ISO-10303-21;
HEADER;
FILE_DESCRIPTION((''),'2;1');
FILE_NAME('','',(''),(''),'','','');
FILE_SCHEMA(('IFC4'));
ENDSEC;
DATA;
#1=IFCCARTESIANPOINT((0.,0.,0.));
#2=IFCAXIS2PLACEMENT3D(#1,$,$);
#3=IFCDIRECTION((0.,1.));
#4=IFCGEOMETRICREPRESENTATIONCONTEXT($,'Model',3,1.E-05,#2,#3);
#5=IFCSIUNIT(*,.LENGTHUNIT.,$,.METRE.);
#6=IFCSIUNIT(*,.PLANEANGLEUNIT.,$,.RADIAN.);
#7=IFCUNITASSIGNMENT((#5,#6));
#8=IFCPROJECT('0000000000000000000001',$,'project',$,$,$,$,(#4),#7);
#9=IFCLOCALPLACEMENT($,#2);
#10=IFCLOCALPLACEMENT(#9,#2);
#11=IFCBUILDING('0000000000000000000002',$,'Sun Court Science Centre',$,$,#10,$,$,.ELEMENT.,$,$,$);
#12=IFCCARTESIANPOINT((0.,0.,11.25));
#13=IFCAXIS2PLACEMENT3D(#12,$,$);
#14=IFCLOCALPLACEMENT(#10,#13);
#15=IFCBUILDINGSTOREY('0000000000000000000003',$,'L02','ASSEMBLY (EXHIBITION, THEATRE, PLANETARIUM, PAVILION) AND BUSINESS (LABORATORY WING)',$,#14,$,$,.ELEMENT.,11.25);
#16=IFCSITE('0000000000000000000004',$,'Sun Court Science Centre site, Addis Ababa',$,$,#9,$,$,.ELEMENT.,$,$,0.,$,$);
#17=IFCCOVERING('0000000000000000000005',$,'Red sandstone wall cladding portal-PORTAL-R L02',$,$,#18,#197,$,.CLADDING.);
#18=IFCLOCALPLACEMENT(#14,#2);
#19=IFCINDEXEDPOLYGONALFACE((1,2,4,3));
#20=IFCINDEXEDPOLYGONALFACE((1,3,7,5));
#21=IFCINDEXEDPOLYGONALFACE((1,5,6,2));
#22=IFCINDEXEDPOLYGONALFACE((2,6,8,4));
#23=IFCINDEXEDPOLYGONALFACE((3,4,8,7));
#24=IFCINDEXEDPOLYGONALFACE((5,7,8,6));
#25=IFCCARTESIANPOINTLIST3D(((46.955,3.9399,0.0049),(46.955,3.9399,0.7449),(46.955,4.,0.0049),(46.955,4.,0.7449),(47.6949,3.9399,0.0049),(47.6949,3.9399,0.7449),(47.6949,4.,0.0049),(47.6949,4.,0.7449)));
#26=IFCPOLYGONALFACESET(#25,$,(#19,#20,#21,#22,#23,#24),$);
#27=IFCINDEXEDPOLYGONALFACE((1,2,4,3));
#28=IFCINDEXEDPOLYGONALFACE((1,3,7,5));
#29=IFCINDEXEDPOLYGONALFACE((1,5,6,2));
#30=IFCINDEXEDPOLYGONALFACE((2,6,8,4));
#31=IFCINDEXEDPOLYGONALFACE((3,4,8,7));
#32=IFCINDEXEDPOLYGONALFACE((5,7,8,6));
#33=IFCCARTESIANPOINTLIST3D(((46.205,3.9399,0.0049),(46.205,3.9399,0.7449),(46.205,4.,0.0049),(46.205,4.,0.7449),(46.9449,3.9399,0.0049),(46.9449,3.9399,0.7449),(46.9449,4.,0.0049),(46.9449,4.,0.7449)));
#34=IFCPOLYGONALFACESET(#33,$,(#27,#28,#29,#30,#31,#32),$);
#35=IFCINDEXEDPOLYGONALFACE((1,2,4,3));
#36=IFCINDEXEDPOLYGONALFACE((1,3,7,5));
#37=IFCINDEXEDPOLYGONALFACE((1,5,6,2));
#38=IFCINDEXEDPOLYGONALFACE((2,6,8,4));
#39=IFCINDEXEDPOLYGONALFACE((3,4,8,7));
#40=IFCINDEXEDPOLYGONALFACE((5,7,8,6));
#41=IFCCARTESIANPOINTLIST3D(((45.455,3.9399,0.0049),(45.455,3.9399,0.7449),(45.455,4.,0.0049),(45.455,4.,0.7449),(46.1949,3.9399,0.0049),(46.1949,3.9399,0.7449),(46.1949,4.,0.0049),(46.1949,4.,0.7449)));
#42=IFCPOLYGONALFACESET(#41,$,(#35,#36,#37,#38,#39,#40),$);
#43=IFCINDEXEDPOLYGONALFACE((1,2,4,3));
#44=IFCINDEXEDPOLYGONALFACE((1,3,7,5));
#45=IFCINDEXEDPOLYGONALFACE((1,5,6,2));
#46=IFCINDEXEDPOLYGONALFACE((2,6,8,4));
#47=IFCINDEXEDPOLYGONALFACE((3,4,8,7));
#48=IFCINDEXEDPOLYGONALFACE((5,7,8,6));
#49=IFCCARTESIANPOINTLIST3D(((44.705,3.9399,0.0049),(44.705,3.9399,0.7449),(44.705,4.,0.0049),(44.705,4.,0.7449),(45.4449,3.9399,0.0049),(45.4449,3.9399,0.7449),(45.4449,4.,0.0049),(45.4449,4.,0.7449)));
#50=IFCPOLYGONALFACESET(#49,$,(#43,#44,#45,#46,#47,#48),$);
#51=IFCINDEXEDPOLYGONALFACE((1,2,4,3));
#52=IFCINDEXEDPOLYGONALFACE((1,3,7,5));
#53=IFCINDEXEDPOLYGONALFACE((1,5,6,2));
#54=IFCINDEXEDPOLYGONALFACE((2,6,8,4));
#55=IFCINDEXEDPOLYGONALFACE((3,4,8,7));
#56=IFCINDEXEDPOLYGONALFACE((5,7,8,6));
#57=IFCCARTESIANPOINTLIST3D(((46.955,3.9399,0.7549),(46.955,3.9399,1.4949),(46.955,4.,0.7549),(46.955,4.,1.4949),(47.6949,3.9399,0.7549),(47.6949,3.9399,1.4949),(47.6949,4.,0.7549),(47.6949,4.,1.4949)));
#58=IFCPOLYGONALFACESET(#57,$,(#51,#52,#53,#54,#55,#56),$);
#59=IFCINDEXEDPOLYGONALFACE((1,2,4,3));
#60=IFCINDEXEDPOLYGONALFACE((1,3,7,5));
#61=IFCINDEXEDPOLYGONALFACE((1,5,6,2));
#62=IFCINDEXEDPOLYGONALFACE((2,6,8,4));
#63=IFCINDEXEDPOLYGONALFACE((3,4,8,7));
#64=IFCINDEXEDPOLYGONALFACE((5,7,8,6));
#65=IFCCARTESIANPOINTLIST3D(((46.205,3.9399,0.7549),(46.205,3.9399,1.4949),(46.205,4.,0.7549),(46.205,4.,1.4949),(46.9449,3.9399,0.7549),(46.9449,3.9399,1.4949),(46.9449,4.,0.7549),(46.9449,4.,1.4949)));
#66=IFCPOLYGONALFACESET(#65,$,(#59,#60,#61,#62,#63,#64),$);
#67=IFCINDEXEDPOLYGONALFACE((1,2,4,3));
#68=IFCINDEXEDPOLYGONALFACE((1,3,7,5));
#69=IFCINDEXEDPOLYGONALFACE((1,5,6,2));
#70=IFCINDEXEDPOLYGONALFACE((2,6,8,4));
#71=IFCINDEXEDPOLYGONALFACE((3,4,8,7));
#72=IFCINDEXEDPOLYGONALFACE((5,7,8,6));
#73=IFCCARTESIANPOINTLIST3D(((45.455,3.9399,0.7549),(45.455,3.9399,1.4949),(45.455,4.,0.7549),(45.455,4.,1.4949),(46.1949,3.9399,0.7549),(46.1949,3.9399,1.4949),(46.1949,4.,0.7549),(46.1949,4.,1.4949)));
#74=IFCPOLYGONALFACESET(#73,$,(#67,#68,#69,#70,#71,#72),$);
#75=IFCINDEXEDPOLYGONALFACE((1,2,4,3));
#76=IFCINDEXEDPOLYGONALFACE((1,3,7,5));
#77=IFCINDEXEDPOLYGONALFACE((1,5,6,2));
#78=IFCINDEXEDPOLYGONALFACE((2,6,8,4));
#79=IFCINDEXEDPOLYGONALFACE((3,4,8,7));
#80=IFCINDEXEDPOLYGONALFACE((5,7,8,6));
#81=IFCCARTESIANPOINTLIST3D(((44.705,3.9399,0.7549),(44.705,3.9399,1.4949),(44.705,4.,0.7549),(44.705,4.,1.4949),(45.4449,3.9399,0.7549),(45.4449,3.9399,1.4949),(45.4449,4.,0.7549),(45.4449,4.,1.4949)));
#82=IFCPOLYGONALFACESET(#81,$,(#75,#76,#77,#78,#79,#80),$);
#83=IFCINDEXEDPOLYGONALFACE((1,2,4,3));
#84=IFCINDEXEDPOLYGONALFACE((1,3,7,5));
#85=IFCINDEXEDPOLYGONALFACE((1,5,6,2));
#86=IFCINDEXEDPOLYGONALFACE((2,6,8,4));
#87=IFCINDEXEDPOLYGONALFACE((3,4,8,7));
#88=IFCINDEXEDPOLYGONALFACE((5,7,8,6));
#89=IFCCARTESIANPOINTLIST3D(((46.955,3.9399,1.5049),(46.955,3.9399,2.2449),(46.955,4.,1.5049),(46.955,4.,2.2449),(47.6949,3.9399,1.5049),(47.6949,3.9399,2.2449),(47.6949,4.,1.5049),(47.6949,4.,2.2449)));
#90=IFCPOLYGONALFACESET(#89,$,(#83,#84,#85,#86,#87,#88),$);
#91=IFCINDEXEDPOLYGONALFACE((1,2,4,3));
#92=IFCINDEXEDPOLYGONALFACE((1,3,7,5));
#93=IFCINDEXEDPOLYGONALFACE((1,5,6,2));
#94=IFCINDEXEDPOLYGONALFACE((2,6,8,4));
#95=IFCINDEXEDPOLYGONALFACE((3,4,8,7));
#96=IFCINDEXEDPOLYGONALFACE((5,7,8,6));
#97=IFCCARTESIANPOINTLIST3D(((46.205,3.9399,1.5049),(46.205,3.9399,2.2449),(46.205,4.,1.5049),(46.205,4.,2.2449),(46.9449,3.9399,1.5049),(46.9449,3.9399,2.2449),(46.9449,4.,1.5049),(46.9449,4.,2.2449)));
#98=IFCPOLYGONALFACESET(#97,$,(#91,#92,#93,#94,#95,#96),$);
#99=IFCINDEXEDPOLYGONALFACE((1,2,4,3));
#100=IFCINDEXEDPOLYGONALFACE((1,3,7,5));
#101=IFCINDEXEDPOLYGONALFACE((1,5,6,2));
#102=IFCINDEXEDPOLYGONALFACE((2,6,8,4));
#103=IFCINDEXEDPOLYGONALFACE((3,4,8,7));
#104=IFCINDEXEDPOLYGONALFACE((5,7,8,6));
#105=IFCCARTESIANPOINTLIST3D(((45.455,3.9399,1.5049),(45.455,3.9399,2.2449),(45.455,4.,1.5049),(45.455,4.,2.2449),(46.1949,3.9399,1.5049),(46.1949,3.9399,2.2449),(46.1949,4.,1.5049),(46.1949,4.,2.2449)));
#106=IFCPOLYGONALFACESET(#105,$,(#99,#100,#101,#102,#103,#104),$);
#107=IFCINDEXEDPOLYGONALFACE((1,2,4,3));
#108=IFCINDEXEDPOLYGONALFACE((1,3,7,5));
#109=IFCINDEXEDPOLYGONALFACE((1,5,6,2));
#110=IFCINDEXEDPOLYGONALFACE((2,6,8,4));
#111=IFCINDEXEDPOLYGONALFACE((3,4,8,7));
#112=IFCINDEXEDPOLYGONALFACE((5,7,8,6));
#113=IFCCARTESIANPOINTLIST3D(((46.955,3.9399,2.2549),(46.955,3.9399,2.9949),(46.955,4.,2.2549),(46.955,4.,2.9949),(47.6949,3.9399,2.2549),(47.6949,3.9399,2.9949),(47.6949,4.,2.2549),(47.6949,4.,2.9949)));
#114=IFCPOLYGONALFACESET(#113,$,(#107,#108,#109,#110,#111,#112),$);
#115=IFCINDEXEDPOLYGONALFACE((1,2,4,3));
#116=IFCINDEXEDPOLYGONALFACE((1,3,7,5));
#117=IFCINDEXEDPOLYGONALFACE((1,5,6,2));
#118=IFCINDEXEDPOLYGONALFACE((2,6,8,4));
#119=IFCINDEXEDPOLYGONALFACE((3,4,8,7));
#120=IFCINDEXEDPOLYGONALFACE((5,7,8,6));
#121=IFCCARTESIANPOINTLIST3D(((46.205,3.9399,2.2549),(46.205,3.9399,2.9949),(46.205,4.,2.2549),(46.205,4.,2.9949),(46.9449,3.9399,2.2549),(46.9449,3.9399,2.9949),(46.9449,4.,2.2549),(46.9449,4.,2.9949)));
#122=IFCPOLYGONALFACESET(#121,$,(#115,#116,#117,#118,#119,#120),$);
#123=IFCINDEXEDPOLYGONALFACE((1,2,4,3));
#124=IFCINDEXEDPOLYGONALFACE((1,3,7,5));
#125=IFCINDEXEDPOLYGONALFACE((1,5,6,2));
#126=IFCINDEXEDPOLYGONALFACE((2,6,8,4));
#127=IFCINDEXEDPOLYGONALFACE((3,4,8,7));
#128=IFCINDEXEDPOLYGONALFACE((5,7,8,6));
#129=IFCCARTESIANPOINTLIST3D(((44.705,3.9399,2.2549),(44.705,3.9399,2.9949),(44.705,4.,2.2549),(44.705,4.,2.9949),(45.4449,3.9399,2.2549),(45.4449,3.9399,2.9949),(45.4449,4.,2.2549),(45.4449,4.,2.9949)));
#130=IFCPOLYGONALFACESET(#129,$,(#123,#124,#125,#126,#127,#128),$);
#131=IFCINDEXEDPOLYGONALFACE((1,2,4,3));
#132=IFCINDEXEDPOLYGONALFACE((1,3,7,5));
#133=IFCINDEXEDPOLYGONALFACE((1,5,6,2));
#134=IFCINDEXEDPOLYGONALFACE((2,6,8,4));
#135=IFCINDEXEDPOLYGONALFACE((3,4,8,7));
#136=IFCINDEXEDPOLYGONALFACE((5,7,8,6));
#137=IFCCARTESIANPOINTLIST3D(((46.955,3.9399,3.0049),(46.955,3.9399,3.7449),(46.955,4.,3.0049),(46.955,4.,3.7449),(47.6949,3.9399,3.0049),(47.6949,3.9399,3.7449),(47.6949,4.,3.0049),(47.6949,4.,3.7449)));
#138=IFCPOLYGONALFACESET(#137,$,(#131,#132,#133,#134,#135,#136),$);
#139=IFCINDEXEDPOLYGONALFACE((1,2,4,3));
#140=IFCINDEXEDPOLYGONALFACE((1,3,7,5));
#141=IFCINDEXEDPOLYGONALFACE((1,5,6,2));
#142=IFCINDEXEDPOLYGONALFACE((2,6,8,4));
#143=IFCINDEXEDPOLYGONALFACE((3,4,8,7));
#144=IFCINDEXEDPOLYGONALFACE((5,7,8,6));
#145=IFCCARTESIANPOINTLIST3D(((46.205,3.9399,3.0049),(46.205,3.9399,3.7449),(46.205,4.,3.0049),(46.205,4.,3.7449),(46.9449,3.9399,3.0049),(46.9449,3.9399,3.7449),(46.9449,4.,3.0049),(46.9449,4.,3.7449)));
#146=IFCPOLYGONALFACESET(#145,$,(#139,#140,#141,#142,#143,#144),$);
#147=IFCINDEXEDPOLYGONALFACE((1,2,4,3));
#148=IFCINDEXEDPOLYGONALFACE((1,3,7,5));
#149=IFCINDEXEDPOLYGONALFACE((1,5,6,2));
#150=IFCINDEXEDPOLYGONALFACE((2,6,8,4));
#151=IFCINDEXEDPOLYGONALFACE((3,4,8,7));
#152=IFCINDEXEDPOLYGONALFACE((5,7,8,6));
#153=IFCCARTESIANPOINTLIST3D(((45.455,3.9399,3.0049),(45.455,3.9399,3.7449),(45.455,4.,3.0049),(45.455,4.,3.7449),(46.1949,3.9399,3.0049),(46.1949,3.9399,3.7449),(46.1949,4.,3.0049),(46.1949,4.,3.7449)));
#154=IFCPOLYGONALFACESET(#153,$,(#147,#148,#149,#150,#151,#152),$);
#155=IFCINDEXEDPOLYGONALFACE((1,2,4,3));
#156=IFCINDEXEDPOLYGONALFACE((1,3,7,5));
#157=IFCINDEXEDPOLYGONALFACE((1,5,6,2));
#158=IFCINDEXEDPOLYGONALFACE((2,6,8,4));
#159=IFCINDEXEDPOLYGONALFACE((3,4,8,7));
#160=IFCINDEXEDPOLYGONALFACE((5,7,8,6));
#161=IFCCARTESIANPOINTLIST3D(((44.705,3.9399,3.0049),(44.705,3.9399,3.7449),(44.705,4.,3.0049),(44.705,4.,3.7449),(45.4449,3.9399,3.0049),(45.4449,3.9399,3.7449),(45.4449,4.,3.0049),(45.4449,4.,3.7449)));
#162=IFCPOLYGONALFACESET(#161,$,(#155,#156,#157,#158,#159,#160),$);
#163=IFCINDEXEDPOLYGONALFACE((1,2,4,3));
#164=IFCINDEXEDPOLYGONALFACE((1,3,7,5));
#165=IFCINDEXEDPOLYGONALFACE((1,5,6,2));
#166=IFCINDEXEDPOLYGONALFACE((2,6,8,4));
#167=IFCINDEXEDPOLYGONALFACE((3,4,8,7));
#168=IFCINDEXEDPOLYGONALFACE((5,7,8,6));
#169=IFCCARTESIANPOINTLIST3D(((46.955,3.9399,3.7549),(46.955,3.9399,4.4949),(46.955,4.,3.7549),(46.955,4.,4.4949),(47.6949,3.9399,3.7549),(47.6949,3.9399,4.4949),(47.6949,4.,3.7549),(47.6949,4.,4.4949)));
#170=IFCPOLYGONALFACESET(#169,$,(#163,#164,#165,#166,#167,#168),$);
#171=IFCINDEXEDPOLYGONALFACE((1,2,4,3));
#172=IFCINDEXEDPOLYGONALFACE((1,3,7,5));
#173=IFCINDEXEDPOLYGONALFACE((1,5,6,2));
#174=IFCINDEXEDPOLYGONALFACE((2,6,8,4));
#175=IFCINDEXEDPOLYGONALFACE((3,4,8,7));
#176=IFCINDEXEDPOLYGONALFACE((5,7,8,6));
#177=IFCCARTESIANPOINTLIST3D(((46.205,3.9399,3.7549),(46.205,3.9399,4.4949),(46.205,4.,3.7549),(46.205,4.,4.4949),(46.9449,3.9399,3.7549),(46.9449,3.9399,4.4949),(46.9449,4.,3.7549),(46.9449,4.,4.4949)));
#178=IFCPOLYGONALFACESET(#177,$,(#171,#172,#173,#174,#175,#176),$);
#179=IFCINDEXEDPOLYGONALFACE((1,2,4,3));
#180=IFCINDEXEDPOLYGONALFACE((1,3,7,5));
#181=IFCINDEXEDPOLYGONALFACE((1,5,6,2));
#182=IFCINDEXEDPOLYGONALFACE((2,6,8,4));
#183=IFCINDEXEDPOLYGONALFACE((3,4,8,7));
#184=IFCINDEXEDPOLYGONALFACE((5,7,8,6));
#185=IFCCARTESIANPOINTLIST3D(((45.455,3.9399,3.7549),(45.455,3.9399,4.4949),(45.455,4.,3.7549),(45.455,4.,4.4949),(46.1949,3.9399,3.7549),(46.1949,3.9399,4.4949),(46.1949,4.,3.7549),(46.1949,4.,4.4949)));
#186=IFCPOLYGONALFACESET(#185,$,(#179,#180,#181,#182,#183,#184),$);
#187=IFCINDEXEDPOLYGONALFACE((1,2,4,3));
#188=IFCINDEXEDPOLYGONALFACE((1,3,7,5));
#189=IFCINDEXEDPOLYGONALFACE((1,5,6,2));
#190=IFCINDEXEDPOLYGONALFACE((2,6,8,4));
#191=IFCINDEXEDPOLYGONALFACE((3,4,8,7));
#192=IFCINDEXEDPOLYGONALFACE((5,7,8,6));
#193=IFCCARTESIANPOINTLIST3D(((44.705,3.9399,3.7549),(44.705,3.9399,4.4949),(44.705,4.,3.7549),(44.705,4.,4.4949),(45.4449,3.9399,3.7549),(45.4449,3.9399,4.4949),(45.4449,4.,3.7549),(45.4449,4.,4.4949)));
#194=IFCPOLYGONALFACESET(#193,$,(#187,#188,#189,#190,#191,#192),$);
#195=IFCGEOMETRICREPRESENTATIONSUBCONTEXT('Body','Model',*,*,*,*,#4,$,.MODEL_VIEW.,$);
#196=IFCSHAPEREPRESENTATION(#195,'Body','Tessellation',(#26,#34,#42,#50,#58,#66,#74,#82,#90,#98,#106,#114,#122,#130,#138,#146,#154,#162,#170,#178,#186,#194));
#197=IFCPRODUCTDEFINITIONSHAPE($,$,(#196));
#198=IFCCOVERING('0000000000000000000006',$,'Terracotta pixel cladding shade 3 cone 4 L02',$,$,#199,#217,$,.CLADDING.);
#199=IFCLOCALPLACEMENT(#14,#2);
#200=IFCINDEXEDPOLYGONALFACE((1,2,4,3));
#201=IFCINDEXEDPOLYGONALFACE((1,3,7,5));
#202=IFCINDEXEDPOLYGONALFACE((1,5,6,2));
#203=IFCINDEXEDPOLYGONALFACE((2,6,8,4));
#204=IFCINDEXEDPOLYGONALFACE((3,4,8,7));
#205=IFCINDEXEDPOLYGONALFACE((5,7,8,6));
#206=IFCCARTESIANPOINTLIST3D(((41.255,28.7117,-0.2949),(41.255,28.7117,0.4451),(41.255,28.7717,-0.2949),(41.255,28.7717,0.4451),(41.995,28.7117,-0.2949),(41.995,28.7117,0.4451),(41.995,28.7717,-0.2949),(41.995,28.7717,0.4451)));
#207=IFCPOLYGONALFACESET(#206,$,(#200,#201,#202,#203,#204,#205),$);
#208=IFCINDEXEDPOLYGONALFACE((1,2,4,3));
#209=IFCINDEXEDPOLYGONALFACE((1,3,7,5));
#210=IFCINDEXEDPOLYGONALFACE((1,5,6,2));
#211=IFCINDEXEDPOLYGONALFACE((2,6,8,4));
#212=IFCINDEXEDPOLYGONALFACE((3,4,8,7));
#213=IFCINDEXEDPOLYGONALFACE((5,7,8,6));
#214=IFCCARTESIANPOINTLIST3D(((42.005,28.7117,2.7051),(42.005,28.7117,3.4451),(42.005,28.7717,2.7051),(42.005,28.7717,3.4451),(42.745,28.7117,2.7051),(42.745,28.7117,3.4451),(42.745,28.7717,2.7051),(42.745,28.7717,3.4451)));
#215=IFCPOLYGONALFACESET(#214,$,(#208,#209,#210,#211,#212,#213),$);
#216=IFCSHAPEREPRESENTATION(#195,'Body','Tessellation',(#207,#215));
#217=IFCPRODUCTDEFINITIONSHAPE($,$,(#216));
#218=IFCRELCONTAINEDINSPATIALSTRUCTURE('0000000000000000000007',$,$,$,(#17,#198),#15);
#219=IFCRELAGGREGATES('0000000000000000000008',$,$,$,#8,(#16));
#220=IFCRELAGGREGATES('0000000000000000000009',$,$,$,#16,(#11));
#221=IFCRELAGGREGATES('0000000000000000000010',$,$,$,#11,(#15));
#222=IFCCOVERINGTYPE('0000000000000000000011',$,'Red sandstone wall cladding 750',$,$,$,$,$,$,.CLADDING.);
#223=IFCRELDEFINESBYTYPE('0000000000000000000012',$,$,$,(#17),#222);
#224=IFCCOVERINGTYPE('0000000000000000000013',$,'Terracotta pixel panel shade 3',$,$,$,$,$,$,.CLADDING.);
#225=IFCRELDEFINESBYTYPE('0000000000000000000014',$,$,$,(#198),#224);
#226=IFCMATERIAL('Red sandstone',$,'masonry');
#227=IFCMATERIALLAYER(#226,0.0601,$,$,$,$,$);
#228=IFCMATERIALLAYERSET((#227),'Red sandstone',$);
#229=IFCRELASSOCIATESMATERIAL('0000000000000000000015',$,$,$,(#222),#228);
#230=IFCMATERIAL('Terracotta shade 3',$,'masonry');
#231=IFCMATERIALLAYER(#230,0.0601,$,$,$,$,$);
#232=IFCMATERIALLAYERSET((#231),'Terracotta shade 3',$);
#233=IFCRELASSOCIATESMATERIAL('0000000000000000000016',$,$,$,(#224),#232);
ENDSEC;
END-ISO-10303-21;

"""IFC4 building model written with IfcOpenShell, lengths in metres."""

from ifc_helpers import new_model, si_unit, direction, frame, origin, origin_2d, place, context, subcontext, project, spatial, rectangle, extrude, material, layer, layer_set, type_object, element, save


model = new_model("IFC4")

# Units and contexts
model_context = context("Model", 3, precision=1e-05, world=origin(), true_north=direction((0.0, 1.0)))
body_context = subcontext(model_context, "Body", "Model", "MODEL_VIEW")
ifc_project = project(units=[si_unit("LENGTHUNIT", "METRE"), si_unit("PLANEANGLEUNIT", "RADIAN")], contexts=[model_context])

# Site, building, storey
site_placement = place(None, origin())
site = spatial("IfcSite", under=ifc_project, at=site_placement, Name="Sun Court Science Centre site, Addis Ababa", CompositionType="ELEMENT", RefElevation=0.0)
building_placement = place(site_placement, origin())
building = spatial("IfcBuilding", under=site, at=building_placement, Name="Sun Court Science Centre", CompositionType="ELEMENT")
storey_placement = place(building_placement, frame((0.0, 0.0, 11.25)))
storey = spatial("IfcBuildingStorey", under=building, at=storey_placement, Name="L02", Description="ASSEMBLY (EXHIBITION, THEATRE, PLANETARIUM, PAVILION) AND BUSINESS (LABORATORY WING)", CompositionType="ELEMENT", Elevation=11.25)

# Coverings
ifc_material_1 = material(Name="Red sandstone", Category="masonry")
ifc_layer_1 = layer(ifc_material_1, 0.0601)
ifc_layer_set_1 = layer_set([ifc_layer_1], Name="Red sandstone")
covering_type_1 = type_object("IfcCoveringType", Name="Red sandstone wall cladding 750", PredefinedType="CLADDING", material=ifc_layer_set_1)
covering_1_placement = place(storey_placement, frame((0.0, 0.0, -11.25)))
element("IfcCovering", 1, at=covering_1_placement, inside=storey, type_object=covering_type_1, Name="Red sandstone wall cladding portal-PORTAL-R L02", PredefinedType="CLADDING", context=body_context, shape_type="SweptSolid", body=[
    extrude(rectangle(XDim=0.74, YDim=0.0601, at=origin_2d()), frame((47.325, 3.97, 11.2549), z_axis=(0.0, 0.0, 1.0), x_axis=(-1.0, 0.0, 0.0)), (0.0, 0.0, 1.0), 0.74),
    extrude(rectangle(XDim=0.74, YDim=0.0601, at=origin_2d()), frame((46.575, 3.97, 11.2549), z_axis=(0.0, 0.0, 1.0), x_axis=(-1.0, 0.0, 0.0)), (0.0, 0.0, 1.0), 0.74),
    extrude(rectangle(XDim=0.74, YDim=0.0601, at=origin_2d()), frame((45.825, 3.97, 11.2549), z_axis=(0.0, 0.0, 1.0), x_axis=(-1.0, 0.0, 0.0)), (0.0, 0.0, 1.0), 0.74),
    extrude(rectangle(XDim=0.74, YDim=0.0601, at=origin_2d()), frame((45.075, 3.97, 11.2549), z_axis=(0.0, 0.0, 1.0), x_axis=(-1.0, 0.0, 0.0)), (0.0, 0.0, 1.0), 0.74),
    extrude(rectangle(XDim=0.74, YDim=0.0601, at=origin_2d()), frame((47.325, 3.97, 12.0049), z_axis=(0.0, 0.0, 1.0), x_axis=(-1.0, 0.0, 0.0)), (0.0, 0.0, 1.0), 0.74),
    extrude(rectangle(XDim=0.74, YDim=0.0601, at=origin_2d()), frame((46.575, 3.97, 12.0049), z_axis=(0.0, 0.0, 1.0), x_axis=(-1.0, 0.0, 0.0)), (0.0, 0.0, 1.0), 0.74),
    extrude(rectangle(XDim=0.74, YDim=0.0601, at=origin_2d()), frame((45.825, 3.97, 12.0049), z_axis=(0.0, 0.0, 1.0), x_axis=(-1.0, 0.0, 0.0)), (0.0, 0.0, 1.0), 0.74),
    extrude(rectangle(XDim=0.74, YDim=0.0601, at=origin_2d()), frame((45.075, 3.97, 12.0049), z_axis=(0.0, 0.0, 1.0), x_axis=(-1.0, 0.0, 0.0)), (0.0, 0.0, 1.0), 0.74),
    extrude(rectangle(XDim=0.74, YDim=0.0601, at=origin_2d()), frame((47.325, 3.97, 12.7549), z_axis=(0.0, 0.0, 1.0), x_axis=(-1.0, 0.0, 0.0)), (0.0, 0.0, 1.0), 0.74),
    extrude(rectangle(XDim=0.74, YDim=0.0601, at=origin_2d()), frame((46.575, 3.97, 12.7549), z_axis=(0.0, 0.0, 1.0), x_axis=(-1.0, 0.0, 0.0)), (0.0, 0.0, 1.0), 0.74),
    extrude(rectangle(XDim=0.74, YDim=0.0601, at=origin_2d()), frame((45.825, 3.97, 12.7549), z_axis=(0.0, 0.0, 1.0), x_axis=(-1.0, 0.0, 0.0)), (0.0, 0.0, 1.0), 0.74),
    extrude(rectangle(XDim=0.74, YDim=0.0601, at=origin_2d()), frame((47.325, 3.97, 13.5049), z_axis=(0.0, 0.0, 1.0), x_axis=(-1.0, 0.0, 0.0)), (0.0, 0.0, 1.0), 0.74),
    extrude(rectangle(XDim=0.74, YDim=0.0601, at=origin_2d()), frame((46.575, 3.97, 13.5049), z_axis=(0.0, 0.0, 1.0), x_axis=(-1.0, 0.0, 0.0)), (0.0, 0.0, 1.0), 0.74),
    extrude(rectangle(XDim=0.74, YDim=0.0601, at=origin_2d()), frame((45.075, 3.97, 13.5049), z_axis=(0.0, 0.0, 1.0), x_axis=(-1.0, 0.0, 0.0)), (0.0, 0.0, 1.0), 0.74),
    extrude(rectangle(XDim=0.74, YDim=0.0601, at=origin_2d()), frame((47.325, 3.97, 14.2549), z_axis=(0.0, 0.0, 1.0), x_axis=(-1.0, 0.0, 0.0)), (0.0, 0.0, 1.0), 0.74),
    extrude(rectangle(XDim=0.74, YDim=0.0601, at=origin_2d()), frame((46.575, 3.97, 14.2549), z_axis=(0.0, 0.0, 1.0), x_axis=(-1.0, 0.0, 0.0)), (0.0, 0.0, 1.0), 0.74),
    extrude(rectangle(XDim=0.74, YDim=0.0601, at=origin_2d()), frame((45.825, 3.97, 14.2549), z_axis=(0.0, 0.0, 1.0), x_axis=(-1.0, 0.0, 0.0)), (0.0, 0.0, 1.0), 0.74),
    extrude(rectangle(XDim=0.74, YDim=0.0601, at=origin_2d()), frame((45.075, 3.97, 14.2549), z_axis=(0.0, 0.0, 1.0), x_axis=(-1.0, 0.0, 0.0)), (0.0, 0.0, 1.0), 0.74),
    extrude(rectangle(XDim=0.74, YDim=0.0601, at=origin_2d()), frame((47.325, 3.97, 15.0049), z_axis=(0.0, 0.0, 1.0), x_axis=(-1.0, 0.0, 0.0)), (0.0, 0.0, 1.0), 0.74),
    extrude(rectangle(XDim=0.74, YDim=0.0601, at=origin_2d()), frame((46.575, 3.97, 15.0049), z_axis=(0.0, 0.0, 1.0), x_axis=(-1.0, 0.0, 0.0)), (0.0, 0.0, 1.0), 0.74),
    extrude(rectangle(XDim=0.74, YDim=0.0601, at=origin_2d()), frame((45.825, 3.97, 15.0049), z_axis=(0.0, 0.0, 1.0), x_axis=(-1.0, 0.0, 0.0)), (0.0, 0.0, 1.0), 0.74),
    extrude(rectangle(XDim=0.74, YDim=0.0601, at=origin_2d()), frame((45.075, 3.97, 15.0049), z_axis=(0.0, 0.0, 1.0), x_axis=(-1.0, 0.0, 0.0)), (0.0, 0.0, 1.0), 0.74),
])
ifc_material_2 = material(Name="Terracotta shade 3", Category="masonry")
ifc_layer_2 = layer(ifc_material_2, 0.0601)
ifc_layer_set_2 = layer_set([ifc_layer_2], Name="Terracotta shade 3")
covering_type_2 = type_object("IfcCoveringType", Name="Terracotta pixel panel shade 3", PredefinedType="CLADDING", material=ifc_layer_set_2)
covering_2_placement = place(storey_placement, frame((0.0, 0.0, -11.25)))
element("IfcCovering", 2, at=covering_2_placement, inside=storey, type_object=covering_type_2, Name="Terracotta pixel cladding shade 3 cone 4 L02", PredefinedType="CLADDING", context=body_context, shape_type="SweptSolid", body=[
    extrude(rectangle(XDim=0.74, YDim=0.0601, at=origin_2d()), frame((41.625, 28.7417, 10.9551), z_axis=(0.0, 0.0, 1.0), x_axis=(1.0, 0.0, 0.0)), (0.0, 0.0, 1.0), 0.74),
    extrude(rectangle(XDim=0.74, YDim=0.0601, at=origin_2d()), frame((42.375, 28.7417, 13.9551), z_axis=(0.0, 0.0, 1.0), x_axis=(1.0, 0.0, 0.0)), (0.0, 0.0, 1.0), 0.74),
])

save(model, "model.ifc")
